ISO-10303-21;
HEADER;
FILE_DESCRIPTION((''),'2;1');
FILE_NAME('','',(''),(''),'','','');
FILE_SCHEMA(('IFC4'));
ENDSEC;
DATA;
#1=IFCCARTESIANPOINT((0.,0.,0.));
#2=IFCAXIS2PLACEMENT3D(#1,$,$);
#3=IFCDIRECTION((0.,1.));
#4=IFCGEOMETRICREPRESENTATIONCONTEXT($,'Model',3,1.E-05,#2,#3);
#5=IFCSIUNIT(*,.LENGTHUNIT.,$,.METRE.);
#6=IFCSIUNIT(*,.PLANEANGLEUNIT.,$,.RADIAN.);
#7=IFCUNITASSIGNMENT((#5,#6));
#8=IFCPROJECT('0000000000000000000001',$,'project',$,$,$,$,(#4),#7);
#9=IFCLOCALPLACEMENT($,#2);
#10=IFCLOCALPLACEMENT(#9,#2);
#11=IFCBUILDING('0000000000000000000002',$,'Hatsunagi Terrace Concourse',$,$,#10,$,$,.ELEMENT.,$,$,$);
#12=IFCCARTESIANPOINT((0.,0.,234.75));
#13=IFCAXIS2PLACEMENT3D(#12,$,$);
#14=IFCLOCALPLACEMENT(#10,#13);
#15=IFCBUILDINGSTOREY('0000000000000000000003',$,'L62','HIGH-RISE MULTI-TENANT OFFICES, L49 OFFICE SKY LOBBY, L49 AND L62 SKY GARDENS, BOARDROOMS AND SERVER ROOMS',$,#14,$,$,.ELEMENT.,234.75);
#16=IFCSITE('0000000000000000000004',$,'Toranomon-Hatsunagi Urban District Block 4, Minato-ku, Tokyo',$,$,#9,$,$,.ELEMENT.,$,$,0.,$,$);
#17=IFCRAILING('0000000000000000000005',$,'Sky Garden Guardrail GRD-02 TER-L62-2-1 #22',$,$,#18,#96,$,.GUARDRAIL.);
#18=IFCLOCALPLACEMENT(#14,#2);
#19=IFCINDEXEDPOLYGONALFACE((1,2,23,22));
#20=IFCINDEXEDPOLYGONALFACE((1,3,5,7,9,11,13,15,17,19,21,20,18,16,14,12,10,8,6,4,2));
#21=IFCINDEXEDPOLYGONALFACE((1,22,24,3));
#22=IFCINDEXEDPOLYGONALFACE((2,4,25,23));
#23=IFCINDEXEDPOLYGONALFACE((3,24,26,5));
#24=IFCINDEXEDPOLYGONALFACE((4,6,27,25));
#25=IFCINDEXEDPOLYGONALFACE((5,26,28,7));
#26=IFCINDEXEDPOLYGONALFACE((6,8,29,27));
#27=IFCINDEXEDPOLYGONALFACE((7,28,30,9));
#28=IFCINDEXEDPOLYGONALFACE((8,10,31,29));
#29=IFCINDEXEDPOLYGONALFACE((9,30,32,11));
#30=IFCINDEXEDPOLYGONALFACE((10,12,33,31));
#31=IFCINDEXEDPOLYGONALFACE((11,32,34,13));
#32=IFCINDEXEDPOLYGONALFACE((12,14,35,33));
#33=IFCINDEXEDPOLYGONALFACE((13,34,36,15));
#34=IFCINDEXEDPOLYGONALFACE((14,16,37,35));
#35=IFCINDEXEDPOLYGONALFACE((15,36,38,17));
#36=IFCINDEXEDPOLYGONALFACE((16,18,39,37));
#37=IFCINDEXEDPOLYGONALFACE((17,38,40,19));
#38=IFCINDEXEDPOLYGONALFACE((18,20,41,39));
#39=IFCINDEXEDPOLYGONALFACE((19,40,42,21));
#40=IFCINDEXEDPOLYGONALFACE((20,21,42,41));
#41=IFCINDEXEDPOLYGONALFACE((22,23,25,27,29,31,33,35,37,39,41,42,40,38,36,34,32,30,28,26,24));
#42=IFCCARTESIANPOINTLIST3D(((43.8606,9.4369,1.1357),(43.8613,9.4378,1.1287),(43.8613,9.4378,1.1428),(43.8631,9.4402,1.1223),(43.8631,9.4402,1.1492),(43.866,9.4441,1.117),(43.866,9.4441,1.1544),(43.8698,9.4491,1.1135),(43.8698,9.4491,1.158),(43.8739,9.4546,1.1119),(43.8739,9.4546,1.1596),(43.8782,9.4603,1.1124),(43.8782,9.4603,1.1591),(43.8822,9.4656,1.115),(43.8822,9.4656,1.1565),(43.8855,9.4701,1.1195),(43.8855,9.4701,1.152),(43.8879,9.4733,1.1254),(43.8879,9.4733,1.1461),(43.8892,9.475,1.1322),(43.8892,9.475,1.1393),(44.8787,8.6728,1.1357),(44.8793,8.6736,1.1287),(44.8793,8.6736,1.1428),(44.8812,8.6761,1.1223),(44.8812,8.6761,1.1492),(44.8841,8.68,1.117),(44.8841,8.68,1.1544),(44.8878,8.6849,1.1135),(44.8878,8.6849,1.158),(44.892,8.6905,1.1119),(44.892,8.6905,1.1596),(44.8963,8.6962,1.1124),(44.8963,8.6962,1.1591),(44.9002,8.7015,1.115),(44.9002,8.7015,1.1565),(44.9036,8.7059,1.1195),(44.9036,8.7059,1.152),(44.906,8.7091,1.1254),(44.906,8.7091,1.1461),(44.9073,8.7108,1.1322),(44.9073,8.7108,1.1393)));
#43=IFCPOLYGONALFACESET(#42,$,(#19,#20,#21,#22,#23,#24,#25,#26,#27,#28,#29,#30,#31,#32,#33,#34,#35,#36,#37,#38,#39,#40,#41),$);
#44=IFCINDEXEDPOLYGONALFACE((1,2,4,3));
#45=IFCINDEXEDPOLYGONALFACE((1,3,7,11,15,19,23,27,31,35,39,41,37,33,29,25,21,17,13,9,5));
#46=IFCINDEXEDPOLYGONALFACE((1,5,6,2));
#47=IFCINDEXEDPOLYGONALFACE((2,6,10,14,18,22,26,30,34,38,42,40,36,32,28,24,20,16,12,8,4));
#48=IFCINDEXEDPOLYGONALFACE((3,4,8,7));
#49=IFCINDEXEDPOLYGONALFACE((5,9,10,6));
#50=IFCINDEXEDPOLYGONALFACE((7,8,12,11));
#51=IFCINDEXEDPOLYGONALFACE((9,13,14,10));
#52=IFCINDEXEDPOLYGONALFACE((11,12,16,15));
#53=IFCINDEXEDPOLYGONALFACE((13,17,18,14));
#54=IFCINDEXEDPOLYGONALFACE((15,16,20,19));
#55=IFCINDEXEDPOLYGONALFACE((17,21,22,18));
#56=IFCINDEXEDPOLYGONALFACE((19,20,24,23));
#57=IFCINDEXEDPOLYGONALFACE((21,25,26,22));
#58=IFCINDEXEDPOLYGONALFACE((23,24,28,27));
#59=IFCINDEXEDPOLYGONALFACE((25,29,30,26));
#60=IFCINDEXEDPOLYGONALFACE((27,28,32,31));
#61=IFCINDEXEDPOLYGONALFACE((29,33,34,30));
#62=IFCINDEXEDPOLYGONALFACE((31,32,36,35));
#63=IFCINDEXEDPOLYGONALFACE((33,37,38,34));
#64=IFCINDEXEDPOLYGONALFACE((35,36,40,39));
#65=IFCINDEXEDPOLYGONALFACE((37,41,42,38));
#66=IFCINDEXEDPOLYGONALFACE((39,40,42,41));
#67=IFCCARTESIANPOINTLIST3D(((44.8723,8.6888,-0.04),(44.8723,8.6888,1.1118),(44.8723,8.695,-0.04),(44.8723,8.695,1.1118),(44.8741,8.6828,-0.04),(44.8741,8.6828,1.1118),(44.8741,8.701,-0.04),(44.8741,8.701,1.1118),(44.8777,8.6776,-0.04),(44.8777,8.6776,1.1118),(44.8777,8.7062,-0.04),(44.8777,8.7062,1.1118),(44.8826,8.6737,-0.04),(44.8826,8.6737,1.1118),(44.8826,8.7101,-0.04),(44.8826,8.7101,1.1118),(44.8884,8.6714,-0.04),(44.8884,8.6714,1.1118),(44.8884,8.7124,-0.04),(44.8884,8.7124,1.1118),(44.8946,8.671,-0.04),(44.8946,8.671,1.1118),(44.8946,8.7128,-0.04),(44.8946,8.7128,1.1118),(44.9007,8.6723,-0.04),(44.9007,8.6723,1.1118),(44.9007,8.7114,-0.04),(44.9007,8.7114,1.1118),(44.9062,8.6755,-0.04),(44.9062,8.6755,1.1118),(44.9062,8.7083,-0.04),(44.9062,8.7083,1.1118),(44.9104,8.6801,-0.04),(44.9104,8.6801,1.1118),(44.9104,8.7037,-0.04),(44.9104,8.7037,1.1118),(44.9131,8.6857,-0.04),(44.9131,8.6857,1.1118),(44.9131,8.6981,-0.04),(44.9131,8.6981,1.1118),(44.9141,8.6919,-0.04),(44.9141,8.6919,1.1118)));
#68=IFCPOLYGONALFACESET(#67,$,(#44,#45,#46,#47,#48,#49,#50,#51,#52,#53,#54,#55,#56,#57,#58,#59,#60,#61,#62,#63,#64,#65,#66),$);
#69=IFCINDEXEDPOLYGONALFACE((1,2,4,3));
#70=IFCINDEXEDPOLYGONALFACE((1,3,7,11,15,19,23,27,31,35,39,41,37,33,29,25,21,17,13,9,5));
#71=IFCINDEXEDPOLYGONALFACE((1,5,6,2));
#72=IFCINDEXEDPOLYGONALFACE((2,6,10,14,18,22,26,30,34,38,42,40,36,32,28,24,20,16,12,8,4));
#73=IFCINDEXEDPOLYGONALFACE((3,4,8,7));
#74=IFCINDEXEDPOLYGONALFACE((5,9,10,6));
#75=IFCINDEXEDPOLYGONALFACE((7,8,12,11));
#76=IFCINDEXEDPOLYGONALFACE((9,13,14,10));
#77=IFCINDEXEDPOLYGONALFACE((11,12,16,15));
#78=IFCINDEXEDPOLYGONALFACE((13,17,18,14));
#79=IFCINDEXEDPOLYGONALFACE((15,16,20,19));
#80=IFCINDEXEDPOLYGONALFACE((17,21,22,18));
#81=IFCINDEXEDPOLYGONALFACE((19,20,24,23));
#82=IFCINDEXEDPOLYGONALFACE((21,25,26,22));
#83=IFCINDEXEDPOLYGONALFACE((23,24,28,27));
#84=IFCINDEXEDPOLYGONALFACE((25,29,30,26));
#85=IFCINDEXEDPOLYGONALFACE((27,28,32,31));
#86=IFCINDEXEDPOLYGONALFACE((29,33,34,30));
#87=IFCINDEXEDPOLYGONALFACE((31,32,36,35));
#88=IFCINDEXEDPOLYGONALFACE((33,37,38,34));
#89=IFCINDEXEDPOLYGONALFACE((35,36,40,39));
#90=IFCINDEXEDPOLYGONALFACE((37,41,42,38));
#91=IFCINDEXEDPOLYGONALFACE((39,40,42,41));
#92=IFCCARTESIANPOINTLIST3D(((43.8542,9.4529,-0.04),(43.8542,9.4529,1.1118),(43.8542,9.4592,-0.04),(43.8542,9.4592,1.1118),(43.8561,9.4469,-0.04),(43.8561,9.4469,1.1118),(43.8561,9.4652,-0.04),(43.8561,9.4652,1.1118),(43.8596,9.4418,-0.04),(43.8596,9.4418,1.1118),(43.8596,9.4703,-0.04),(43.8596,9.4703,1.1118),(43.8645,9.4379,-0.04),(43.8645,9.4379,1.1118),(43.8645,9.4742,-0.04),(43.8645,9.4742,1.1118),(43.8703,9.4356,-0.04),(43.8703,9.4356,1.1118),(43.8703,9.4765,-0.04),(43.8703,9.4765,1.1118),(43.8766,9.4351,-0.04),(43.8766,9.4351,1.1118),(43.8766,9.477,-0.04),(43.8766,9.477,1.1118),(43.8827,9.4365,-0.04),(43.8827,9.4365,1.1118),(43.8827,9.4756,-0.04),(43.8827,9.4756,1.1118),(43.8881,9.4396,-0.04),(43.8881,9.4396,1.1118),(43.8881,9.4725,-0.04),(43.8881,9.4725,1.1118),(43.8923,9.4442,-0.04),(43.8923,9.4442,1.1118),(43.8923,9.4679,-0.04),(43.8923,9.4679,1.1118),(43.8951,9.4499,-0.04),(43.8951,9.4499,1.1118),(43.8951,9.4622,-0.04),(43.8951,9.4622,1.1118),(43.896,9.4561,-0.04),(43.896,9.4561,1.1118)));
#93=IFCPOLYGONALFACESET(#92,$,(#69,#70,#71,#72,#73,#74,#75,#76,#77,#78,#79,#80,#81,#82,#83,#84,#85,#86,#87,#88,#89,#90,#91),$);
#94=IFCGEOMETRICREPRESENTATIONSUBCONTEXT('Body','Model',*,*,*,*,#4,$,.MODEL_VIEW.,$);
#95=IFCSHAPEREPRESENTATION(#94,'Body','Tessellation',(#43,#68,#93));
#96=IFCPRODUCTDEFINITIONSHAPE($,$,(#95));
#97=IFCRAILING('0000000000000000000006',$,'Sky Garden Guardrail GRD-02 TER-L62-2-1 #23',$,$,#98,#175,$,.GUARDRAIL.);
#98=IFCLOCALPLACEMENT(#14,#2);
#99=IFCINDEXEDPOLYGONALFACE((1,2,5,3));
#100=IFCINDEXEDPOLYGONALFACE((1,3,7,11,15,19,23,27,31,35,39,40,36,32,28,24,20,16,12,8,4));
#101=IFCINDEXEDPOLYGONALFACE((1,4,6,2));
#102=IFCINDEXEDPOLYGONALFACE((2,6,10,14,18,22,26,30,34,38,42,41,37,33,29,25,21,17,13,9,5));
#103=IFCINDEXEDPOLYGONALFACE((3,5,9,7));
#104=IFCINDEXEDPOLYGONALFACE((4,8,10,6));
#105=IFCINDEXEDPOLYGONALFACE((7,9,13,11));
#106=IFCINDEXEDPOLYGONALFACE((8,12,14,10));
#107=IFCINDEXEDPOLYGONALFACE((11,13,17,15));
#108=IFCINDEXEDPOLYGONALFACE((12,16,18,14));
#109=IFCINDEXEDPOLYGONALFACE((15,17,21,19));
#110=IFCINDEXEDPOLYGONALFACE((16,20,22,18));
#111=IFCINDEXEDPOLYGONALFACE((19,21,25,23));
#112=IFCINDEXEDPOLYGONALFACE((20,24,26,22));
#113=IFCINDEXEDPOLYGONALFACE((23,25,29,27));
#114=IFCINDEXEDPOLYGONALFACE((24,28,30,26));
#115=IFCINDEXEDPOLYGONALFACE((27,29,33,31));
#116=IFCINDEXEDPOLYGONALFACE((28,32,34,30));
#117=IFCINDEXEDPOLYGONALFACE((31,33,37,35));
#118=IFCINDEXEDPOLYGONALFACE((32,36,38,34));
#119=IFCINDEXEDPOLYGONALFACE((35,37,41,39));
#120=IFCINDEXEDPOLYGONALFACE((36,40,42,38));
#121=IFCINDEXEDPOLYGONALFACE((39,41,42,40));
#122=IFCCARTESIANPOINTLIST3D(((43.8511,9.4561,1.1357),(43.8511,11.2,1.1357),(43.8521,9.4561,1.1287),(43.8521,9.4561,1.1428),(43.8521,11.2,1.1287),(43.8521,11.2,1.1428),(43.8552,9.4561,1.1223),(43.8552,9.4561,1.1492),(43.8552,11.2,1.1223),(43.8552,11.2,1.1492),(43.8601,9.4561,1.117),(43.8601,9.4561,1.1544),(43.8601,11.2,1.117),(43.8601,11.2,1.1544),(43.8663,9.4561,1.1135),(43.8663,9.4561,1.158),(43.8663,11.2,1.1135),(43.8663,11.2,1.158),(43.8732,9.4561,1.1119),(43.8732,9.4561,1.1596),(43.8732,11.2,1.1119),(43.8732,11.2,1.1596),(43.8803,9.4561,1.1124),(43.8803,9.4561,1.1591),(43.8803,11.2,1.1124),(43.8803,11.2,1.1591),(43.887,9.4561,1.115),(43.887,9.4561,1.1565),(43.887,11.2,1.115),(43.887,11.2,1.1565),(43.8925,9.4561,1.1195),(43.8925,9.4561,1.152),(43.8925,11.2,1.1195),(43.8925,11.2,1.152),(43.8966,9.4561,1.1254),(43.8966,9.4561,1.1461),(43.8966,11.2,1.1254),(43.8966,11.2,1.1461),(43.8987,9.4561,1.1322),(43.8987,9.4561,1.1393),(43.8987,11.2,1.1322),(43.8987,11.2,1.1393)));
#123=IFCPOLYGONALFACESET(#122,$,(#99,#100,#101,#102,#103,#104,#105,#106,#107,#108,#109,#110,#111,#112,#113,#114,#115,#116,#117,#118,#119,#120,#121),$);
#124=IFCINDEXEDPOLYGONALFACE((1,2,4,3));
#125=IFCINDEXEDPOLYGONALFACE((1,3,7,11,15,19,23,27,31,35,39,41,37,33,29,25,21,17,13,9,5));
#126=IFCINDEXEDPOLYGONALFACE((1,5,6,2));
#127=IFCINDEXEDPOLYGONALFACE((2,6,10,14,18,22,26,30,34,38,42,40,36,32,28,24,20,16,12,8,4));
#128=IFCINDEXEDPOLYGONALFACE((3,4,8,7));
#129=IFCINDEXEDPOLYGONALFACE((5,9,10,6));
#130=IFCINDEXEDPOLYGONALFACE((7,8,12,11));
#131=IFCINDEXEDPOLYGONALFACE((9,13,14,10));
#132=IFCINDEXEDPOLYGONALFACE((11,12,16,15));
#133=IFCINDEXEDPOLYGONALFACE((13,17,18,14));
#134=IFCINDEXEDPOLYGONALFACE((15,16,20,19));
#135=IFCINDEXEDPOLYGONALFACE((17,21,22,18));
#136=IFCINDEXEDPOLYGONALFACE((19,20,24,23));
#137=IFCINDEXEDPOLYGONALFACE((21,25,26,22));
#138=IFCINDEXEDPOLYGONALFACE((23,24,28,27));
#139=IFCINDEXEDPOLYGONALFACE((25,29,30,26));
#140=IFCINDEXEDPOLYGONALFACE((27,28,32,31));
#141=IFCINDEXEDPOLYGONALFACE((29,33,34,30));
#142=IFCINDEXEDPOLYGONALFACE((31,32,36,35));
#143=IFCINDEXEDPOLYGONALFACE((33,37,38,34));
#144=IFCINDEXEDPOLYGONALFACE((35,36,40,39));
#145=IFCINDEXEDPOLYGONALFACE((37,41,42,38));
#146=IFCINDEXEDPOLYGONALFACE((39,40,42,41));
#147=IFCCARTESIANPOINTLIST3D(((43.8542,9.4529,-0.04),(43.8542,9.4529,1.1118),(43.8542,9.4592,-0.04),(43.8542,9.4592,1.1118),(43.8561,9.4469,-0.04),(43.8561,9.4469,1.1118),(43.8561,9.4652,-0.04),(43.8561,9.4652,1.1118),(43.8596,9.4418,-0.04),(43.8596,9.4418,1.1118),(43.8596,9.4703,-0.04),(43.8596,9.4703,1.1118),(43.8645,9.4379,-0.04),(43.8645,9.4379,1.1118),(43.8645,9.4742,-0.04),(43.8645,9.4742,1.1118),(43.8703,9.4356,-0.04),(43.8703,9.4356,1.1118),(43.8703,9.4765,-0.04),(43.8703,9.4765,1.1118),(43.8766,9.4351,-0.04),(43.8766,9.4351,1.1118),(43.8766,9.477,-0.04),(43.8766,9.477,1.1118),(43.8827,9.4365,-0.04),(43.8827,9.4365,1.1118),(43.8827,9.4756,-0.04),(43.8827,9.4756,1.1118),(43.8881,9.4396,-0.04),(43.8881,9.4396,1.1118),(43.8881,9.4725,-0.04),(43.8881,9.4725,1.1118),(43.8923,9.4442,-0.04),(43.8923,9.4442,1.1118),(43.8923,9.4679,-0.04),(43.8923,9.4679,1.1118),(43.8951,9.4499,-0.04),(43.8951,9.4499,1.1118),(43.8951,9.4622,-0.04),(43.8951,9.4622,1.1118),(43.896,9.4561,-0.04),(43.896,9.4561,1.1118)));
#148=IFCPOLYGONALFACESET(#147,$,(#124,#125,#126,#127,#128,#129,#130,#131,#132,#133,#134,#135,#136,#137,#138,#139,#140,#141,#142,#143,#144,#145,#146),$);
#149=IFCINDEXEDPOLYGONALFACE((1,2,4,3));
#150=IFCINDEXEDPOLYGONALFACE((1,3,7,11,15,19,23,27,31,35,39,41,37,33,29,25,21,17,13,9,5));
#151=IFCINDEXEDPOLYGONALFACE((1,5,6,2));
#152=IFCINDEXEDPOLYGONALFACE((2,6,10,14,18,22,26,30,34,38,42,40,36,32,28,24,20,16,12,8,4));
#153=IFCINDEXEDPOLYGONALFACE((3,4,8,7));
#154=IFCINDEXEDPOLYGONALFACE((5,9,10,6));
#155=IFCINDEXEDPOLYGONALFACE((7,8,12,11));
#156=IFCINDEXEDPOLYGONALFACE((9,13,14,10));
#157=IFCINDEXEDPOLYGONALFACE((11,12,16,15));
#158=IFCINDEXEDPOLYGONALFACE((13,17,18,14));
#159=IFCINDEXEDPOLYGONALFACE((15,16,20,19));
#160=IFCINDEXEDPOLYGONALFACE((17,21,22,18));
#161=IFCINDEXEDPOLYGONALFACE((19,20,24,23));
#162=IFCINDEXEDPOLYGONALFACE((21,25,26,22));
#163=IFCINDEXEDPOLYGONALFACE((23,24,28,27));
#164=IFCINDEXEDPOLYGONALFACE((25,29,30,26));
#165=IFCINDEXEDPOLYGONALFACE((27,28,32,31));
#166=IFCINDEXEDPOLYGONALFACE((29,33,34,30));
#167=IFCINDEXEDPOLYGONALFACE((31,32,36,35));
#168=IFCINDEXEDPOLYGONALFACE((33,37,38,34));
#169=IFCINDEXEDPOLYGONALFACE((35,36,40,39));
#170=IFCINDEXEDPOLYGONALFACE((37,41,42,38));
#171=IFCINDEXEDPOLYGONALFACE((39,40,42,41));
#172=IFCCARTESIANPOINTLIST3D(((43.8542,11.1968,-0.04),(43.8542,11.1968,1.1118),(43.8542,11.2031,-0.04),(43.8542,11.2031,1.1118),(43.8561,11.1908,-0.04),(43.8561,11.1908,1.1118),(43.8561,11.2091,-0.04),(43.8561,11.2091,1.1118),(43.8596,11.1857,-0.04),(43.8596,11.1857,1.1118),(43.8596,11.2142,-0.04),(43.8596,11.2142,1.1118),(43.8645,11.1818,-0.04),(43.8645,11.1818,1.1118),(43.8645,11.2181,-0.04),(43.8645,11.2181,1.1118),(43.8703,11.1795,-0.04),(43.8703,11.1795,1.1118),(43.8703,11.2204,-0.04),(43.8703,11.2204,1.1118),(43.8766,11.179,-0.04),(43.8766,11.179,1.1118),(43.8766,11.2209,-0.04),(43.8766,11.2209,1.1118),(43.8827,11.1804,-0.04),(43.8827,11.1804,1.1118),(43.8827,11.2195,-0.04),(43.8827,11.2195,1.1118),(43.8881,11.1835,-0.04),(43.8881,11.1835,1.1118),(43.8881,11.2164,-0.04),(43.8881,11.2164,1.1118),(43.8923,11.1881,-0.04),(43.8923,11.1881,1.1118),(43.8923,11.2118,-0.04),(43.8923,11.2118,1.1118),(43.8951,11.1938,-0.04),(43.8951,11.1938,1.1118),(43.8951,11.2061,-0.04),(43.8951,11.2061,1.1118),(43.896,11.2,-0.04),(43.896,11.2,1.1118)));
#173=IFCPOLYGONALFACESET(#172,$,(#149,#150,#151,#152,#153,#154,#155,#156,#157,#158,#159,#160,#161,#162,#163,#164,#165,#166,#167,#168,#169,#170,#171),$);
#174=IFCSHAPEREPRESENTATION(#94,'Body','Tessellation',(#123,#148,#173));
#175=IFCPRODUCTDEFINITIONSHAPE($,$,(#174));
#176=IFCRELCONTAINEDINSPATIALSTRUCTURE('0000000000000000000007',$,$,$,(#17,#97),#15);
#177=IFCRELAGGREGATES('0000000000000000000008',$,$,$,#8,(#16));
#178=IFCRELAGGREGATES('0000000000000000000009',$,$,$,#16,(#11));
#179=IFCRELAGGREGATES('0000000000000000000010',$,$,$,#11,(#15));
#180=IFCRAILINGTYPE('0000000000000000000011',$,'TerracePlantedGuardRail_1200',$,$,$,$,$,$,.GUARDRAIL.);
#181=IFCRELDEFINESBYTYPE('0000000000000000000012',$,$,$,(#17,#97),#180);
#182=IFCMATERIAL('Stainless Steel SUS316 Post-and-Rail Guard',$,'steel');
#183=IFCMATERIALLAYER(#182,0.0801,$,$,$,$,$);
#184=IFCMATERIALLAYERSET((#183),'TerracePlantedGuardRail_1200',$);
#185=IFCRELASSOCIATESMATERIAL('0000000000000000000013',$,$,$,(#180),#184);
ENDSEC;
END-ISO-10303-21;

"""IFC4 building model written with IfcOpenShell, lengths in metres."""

from ifc_helpers import new_model, si_unit, direction, frame, origin, origin_2d, place, context, subcontext, project, spatial, circle, extrude, material, layer, layer_set, type_object, element, save


model = new_model("IFC4")

# Units and contexts
model_context = context("Model", 3, precision=1e-05, world=origin(), true_north=direction((0.0, 1.0)))
body_context = subcontext(model_context, "Body", "Model", "MODEL_VIEW")
ifc_project = project(units=[si_unit("LENGTHUNIT", "METRE"), si_unit("PLANEANGLEUNIT", "RADIAN")], contexts=[model_context])

# Site, building, storey
site_placement = place(None, origin())
site = spatial("IfcSite", under=ifc_project, at=site_placement, Name="Toranomon-Hatsunagi Urban District Block 4, Minato-ku, Tokyo", CompositionType="ELEMENT", RefElevation=0.0)
building_placement = place(site_placement, origin())
building = spatial("IfcBuilding", under=site, at=building_placement, Name="Hatsunagi Terrace Concourse", CompositionType="ELEMENT")
storey_placement = place(building_placement, frame((0.0, 0.0, 234.75)))
storey = spatial("IfcBuildingStorey", under=building, at=storey_placement, Name="L62", Description="HIGH-RISE MULTI-TENANT OFFICES, L49 OFFICE SKY LOBBY, L49 AND L62 SKY GARDENS, BOARDROOMS AND SERVER ROOMS", CompositionType="ELEMENT", Elevation=234.75)

# Railings
ifc_material_1 = material(Name="Stainless Steel SUS316 Post-and-Rail Guard", Category="steel")
ifc_layer_1 = layer(ifc_material_1, 0.0801)
ifc_layer_set_1 = layer_set([ifc_layer_1], Name="TerracePlantedGuardRail_1200")
railing_type = type_object("IfcRailingType", Name="TerracePlantedGuardRail_1200", PredefinedType="GUARDRAIL", material=ifc_layer_set_1)
railing_1_placement = place(storey_placement, frame((44.8931, 8.6919, -0.04)))
element("IfcRailing", 1, at=railing_1_placement, inside=storey, type_object=railing_type, Name="Sky Garden Guardrail GRD-02 TER-L62-2-1 #22", PredefinedType="GUARDRAIL", context=body_context, shape_type="SweptSolid", body=[
    extrude(circle(Radius=0.0239, at=origin_2d()), frame((0.0, 0.0, 1.1758), z_axis=(-0.79977, 0.600307, 0.0), x_axis=(-0.600307, -0.79977, 0.0)), (0.0, 0.0, 1.0), 1.2729),
    extrude(circle(Radius=0.021, at=origin_2d()), origin(), (0.0, 0.0, 1.0), 1.1519),
    extrude(circle(Radius=0.021, at=origin_2d()), frame((-1.0181, 0.7642, 0.0)), (0.0, 0.0, 1.0), 1.1519),
])
railing_2_placement = place(storey_placement, frame((43.875, 9.4561, -0.04)))
element("IfcRailing", 2, at=railing_2_placement, inside=storey, type_object=railing_type, Name="Sky Garden Guardrail GRD-02 TER-L62-2-1 #23", PredefinedType="GUARDRAIL", context=body_context, shape_type="SweptSolid", body=[
    extrude(circle(Radius=0.0239, at=origin_2d()), frame((0.0, 0.0, 1.1758), z_axis=(0.0, 1.0, 0.0), x_axis=(-1.0, 0.0, 0.0)), (0.0, 0.0, 1.0), 1.7439),
    extrude(circle(Radius=0.021, at=origin_2d()), origin(), (0.0, 0.0, 1.0), 1.1519),
    extrude(circle(Radius=0.021, at=origin_2d()), frame((0.0, 1.7439, 0.0)), (0.0, 0.0, 1.0), 1.1519),
])

save(model, "model.ifc")
